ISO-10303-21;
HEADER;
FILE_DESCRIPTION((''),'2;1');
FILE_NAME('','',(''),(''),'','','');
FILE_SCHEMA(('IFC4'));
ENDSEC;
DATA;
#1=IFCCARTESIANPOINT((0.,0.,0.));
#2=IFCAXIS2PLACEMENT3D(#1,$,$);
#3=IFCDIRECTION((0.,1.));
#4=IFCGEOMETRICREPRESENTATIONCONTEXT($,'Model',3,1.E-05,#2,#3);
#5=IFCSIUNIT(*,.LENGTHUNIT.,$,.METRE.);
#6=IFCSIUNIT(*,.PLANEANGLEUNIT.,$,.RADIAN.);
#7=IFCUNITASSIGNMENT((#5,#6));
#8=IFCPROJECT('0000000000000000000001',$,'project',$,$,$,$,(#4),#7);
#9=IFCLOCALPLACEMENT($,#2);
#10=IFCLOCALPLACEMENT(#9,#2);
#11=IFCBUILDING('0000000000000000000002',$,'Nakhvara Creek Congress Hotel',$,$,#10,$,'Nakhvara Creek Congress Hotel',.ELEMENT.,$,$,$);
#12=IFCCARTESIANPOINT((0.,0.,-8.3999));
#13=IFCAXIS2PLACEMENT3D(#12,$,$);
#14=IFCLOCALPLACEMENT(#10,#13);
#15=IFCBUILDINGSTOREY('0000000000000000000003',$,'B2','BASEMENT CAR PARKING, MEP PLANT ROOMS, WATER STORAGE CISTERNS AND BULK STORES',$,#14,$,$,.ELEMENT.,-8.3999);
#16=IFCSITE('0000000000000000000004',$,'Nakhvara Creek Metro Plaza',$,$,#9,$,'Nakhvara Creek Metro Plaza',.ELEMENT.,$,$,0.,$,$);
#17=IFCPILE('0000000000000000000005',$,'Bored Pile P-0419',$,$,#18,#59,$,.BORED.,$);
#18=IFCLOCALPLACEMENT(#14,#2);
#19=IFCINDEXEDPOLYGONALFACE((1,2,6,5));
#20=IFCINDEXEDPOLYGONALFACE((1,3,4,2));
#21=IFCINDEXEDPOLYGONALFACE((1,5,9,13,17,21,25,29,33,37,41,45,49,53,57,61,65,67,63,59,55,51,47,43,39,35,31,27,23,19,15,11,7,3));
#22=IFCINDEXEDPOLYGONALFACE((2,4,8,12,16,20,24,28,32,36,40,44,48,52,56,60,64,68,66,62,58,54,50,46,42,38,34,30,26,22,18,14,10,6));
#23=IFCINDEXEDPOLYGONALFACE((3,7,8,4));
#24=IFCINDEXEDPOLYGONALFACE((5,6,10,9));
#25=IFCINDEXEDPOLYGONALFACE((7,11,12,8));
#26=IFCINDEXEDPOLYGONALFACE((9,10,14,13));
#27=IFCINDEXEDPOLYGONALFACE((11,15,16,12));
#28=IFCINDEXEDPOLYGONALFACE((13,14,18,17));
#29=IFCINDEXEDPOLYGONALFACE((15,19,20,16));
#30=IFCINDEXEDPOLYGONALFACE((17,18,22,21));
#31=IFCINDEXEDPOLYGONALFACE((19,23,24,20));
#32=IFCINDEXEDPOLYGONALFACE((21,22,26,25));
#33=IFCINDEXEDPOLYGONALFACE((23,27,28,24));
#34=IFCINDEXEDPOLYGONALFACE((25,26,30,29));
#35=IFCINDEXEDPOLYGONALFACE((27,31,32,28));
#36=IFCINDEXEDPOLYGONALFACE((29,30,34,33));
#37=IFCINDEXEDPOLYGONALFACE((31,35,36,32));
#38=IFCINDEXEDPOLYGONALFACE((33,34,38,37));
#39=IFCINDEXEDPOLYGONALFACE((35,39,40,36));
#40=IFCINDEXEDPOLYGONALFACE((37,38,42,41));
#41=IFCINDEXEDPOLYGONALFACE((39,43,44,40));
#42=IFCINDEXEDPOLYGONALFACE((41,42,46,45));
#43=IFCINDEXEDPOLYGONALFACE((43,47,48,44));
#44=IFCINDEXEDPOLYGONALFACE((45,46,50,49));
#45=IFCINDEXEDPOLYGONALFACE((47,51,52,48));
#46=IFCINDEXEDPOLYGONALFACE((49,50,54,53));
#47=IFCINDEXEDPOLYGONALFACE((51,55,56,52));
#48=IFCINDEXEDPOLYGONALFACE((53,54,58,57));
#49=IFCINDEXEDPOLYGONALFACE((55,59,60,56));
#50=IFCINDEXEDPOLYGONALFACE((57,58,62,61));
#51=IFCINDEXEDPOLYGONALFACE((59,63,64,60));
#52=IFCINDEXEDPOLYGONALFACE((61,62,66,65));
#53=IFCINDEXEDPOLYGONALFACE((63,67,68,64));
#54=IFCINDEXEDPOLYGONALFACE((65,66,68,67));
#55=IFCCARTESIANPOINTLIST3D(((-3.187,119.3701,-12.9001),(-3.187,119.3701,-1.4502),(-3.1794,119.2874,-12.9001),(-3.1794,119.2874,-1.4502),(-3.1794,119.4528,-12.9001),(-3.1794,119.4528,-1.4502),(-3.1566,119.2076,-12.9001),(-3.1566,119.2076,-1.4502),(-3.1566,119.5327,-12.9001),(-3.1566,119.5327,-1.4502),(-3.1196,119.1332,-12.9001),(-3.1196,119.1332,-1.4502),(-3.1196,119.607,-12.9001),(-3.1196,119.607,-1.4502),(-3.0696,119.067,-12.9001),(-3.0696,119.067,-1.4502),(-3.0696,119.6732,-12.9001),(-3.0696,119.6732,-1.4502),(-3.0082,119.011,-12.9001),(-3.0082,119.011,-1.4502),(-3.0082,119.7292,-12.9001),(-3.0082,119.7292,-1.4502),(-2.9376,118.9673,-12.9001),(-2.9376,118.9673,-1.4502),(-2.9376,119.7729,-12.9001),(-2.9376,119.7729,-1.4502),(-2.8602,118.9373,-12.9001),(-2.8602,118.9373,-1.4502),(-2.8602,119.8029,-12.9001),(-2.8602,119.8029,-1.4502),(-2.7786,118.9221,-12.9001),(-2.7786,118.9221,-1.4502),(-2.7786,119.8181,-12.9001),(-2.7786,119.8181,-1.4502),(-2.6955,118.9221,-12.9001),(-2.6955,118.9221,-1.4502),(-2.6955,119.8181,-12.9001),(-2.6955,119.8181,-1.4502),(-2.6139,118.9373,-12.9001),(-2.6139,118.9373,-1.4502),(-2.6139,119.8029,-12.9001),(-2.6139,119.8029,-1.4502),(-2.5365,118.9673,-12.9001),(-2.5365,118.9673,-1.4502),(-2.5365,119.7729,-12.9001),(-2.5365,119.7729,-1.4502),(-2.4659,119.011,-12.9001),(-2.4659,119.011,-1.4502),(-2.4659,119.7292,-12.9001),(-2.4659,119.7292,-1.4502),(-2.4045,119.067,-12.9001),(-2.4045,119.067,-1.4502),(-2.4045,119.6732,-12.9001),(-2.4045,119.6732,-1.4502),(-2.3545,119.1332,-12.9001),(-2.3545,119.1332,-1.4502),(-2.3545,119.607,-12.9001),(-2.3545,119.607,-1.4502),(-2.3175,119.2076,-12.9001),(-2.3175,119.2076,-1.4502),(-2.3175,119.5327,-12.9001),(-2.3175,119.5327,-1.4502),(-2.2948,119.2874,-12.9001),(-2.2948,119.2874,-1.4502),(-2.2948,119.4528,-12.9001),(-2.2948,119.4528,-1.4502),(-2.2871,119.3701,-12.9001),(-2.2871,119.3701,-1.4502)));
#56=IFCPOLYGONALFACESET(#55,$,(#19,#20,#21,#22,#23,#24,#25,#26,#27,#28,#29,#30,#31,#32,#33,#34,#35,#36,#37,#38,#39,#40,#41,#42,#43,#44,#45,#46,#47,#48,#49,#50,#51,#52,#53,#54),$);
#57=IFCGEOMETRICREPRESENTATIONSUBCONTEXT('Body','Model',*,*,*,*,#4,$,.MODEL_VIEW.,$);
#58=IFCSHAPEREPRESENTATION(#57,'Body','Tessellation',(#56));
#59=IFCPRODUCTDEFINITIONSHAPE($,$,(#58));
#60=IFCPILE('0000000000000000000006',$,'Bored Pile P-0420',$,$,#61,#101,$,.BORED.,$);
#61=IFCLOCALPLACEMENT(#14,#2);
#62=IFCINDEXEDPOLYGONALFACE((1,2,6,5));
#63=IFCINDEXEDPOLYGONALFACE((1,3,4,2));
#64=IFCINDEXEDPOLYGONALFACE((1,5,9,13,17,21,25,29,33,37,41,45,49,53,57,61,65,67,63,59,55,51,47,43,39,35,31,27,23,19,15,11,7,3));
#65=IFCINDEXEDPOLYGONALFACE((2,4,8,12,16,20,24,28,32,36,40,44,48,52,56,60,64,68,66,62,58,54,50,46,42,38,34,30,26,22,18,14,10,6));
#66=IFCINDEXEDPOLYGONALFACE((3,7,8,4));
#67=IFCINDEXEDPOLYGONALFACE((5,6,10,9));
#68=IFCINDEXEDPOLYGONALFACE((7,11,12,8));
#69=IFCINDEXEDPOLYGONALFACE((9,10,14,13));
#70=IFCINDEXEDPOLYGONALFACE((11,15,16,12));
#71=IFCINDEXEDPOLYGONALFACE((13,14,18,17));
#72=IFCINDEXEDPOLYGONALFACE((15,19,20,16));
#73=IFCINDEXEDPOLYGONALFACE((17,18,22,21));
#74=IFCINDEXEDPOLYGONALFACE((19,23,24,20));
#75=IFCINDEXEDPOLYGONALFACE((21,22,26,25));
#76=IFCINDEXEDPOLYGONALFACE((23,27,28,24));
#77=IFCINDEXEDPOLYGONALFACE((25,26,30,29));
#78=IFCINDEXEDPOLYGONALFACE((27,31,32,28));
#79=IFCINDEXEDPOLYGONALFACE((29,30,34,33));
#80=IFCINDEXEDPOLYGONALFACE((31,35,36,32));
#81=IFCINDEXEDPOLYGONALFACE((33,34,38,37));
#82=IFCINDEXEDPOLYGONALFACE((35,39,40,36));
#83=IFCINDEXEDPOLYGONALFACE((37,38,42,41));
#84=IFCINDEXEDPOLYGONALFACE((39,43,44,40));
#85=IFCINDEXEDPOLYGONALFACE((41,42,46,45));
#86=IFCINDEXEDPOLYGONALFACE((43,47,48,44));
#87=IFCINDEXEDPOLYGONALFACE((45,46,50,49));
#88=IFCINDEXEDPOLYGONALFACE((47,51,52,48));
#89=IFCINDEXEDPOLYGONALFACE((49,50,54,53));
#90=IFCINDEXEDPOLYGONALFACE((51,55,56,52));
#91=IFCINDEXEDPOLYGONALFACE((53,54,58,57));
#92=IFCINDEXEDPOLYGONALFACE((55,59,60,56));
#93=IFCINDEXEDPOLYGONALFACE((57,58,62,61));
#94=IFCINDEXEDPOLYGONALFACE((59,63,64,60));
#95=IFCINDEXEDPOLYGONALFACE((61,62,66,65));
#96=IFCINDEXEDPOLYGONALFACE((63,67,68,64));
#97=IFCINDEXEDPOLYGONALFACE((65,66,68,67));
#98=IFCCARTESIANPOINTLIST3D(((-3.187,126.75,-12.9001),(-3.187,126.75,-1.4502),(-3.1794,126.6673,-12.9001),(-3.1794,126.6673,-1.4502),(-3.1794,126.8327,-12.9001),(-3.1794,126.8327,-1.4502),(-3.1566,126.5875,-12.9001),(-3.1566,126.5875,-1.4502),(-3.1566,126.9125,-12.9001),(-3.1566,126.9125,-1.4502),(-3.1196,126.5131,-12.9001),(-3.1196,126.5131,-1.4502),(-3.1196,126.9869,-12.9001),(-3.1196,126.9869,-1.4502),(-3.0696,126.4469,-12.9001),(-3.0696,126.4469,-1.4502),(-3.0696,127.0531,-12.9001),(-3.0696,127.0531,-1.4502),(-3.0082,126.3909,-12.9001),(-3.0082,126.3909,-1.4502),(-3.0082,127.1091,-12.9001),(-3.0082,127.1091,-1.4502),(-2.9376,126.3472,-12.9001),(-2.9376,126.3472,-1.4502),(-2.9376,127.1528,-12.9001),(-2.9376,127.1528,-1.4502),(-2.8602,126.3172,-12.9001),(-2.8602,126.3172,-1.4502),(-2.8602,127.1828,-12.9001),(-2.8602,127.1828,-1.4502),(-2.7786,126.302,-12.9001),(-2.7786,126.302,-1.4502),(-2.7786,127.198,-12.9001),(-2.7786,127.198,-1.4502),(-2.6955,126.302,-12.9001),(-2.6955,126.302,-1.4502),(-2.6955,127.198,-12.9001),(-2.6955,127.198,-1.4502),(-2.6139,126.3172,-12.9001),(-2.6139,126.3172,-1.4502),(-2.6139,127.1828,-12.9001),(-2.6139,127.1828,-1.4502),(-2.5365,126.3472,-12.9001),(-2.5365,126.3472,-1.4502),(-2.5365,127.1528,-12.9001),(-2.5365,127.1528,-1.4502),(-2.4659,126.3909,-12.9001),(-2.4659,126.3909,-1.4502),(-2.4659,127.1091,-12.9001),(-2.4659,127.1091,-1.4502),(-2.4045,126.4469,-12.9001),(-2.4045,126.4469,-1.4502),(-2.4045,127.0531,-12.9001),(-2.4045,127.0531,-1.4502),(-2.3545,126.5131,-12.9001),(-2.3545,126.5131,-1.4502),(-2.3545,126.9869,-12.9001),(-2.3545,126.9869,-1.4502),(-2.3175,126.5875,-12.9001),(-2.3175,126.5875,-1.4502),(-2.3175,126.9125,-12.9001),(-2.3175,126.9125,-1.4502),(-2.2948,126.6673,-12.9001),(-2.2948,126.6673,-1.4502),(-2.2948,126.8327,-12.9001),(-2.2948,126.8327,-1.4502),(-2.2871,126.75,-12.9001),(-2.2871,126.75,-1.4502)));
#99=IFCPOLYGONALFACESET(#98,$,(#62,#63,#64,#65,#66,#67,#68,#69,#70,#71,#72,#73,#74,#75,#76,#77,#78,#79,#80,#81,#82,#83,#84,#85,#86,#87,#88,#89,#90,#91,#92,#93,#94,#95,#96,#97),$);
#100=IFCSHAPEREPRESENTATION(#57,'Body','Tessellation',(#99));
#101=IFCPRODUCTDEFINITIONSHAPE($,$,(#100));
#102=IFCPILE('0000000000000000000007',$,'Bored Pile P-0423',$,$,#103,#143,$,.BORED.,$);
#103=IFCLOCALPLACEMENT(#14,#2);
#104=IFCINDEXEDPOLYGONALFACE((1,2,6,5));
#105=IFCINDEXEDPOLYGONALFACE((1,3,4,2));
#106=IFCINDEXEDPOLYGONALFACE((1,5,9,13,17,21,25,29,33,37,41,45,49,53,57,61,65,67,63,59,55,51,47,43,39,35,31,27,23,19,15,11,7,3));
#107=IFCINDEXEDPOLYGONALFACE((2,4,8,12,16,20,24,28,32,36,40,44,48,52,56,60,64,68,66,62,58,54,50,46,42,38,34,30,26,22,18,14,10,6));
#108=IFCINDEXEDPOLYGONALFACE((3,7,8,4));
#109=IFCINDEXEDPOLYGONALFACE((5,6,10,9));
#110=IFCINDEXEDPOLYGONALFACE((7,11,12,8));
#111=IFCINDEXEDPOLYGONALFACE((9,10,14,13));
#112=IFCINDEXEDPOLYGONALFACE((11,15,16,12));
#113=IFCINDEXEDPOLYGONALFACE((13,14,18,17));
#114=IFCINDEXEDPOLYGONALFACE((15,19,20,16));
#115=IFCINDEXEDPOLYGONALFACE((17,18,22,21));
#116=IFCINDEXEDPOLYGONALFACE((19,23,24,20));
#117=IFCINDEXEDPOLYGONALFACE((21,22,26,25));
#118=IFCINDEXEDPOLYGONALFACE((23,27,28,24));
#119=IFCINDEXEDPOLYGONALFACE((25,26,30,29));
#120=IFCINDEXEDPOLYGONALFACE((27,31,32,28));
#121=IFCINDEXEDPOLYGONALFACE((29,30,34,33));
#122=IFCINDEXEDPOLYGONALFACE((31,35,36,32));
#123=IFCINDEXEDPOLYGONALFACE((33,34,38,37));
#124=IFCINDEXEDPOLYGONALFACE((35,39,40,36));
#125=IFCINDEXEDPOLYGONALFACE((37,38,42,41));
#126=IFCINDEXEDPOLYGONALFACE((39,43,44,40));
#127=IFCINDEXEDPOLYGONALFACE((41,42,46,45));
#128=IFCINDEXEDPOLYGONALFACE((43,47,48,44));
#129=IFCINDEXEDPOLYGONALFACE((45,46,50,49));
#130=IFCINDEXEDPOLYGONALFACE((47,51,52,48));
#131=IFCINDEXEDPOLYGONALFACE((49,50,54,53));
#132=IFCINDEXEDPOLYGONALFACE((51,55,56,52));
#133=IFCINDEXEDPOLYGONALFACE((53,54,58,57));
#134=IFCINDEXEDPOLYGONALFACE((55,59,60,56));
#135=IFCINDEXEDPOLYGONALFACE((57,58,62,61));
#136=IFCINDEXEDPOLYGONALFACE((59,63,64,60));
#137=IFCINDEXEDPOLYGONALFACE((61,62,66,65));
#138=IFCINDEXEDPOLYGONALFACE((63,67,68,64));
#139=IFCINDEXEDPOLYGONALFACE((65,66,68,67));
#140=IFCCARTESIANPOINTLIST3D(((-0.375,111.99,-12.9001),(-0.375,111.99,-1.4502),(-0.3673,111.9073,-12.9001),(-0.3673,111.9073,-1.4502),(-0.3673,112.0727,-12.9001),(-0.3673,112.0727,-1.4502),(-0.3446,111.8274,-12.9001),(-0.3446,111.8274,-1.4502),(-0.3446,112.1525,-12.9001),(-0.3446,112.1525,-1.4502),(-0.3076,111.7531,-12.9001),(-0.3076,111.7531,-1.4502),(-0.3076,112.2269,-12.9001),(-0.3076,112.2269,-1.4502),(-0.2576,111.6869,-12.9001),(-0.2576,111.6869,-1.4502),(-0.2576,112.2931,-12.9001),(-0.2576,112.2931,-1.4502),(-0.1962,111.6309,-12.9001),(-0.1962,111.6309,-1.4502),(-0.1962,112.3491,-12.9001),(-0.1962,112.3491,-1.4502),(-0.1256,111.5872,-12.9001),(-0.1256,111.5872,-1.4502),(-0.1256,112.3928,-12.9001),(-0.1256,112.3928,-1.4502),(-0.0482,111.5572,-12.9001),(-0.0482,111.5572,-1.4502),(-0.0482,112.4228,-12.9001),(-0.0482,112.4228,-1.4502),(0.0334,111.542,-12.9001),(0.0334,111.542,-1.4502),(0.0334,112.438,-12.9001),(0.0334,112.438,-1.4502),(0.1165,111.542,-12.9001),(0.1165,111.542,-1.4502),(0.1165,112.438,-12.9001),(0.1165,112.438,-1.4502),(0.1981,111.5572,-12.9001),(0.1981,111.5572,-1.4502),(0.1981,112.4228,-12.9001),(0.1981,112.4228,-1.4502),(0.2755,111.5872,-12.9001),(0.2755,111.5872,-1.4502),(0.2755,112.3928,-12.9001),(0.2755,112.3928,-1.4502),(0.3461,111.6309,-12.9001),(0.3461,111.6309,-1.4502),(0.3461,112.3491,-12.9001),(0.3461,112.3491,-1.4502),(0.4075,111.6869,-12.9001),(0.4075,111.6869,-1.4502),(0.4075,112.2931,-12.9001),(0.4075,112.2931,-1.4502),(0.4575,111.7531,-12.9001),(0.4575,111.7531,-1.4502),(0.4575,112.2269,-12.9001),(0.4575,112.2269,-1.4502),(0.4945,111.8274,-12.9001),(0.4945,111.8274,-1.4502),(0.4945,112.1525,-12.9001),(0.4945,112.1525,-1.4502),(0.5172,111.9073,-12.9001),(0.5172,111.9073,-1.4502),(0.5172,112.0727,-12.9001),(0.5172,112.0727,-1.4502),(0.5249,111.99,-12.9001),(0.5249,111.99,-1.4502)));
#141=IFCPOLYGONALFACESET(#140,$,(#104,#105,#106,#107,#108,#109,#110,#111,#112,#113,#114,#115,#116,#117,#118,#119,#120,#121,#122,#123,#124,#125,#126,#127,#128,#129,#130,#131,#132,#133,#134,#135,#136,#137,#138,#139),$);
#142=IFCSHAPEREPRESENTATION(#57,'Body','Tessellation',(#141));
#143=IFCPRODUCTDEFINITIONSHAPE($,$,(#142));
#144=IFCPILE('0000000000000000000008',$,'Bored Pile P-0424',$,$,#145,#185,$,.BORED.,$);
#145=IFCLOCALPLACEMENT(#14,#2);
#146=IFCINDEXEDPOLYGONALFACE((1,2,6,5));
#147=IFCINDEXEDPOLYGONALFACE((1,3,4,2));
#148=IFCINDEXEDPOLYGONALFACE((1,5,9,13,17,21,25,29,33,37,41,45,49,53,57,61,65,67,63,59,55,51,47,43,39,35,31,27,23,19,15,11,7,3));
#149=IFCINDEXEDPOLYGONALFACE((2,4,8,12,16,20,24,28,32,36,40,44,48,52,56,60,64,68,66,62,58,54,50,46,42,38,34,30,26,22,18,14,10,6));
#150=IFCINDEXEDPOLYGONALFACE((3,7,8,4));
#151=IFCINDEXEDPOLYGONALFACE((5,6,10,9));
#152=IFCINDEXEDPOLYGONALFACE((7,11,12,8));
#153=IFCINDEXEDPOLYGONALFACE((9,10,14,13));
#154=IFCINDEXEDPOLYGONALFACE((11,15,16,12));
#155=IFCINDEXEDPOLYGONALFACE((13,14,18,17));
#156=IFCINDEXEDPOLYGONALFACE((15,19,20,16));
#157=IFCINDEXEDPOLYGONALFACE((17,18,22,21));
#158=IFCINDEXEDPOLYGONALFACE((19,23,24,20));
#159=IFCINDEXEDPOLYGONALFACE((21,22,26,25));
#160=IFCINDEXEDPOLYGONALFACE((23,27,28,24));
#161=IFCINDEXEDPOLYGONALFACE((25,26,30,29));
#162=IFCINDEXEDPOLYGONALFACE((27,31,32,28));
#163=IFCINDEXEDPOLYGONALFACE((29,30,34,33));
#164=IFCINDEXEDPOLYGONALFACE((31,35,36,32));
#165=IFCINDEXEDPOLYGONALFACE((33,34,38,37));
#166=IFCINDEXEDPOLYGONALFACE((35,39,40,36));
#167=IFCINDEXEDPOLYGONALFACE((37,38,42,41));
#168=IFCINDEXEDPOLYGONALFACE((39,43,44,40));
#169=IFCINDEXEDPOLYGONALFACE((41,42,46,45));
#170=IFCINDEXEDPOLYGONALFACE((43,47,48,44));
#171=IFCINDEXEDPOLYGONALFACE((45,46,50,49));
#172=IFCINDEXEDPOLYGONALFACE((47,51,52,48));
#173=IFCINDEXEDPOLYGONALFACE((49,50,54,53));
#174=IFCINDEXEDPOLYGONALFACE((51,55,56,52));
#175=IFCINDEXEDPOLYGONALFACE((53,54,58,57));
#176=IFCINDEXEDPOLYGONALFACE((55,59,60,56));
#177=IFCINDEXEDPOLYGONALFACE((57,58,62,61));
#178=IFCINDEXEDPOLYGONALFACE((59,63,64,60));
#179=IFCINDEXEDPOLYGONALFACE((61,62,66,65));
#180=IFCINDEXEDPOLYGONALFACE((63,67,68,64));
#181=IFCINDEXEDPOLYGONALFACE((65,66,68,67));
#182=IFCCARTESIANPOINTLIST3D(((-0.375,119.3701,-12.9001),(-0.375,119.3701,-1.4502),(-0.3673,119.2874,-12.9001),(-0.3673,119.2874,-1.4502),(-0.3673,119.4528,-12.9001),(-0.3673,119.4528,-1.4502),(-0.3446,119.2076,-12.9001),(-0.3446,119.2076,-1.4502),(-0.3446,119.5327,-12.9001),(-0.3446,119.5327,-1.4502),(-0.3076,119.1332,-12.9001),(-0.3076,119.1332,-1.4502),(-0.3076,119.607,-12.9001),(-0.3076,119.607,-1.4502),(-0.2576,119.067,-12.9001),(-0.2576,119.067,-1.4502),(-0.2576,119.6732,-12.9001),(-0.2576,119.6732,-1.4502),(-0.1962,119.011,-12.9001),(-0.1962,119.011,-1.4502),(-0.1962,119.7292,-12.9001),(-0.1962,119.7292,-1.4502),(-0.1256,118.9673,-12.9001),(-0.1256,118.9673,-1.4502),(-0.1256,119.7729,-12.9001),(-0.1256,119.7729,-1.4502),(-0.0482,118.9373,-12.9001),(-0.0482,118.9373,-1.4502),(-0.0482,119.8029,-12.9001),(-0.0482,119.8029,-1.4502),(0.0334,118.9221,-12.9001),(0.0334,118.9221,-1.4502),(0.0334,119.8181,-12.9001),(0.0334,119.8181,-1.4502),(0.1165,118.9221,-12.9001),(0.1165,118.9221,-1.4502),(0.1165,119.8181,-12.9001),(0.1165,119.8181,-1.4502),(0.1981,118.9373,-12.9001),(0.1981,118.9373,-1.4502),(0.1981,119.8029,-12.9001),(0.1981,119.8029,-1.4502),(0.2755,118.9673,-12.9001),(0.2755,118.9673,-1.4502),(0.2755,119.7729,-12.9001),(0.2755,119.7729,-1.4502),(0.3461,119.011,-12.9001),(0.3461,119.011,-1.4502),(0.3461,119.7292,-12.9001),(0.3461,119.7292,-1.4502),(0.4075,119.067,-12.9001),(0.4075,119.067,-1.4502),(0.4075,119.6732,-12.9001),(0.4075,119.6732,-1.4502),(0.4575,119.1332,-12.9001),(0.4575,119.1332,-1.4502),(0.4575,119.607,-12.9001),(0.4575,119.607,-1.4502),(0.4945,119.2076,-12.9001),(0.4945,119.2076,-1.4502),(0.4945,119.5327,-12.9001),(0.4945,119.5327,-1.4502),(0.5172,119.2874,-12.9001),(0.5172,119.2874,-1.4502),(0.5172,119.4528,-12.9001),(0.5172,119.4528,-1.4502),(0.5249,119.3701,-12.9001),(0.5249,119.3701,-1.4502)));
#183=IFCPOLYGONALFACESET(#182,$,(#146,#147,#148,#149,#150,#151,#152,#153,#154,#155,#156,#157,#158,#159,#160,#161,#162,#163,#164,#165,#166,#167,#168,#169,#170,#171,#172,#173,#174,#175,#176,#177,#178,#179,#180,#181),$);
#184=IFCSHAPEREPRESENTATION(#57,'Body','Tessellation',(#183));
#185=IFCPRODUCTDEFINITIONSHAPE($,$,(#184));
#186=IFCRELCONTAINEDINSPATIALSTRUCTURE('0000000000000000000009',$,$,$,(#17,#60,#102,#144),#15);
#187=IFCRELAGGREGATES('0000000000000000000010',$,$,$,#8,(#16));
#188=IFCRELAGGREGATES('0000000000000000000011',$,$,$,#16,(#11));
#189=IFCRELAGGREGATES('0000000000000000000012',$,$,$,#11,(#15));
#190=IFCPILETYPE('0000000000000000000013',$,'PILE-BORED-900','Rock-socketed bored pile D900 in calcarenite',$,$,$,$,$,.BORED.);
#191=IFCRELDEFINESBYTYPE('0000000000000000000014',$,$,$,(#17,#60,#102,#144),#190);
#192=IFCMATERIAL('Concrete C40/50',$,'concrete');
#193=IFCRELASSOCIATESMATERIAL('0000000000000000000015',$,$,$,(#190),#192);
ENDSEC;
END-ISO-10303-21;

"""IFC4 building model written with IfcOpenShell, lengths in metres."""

from ifc_helpers import new_model, si_unit, direction, frame, origin, origin_2d, place, context, subcontext, project, spatial, circle, extrude, material, material_profile, profile_set, type_object, element, save


model = new_model("IFC4")

# Units and contexts
model_context = context("Model", 3, precision=1e-05, world=origin(), true_north=direction((0.0, 1.0)))
body_context = subcontext(model_context, "Body", "Model", "MODEL_VIEW")
ifc_project = project(units=[si_unit("LENGTHUNIT", "METRE"), si_unit("PLANEANGLEUNIT", "RADIAN")], contexts=[model_context])

# Site, building, storey
site_placement = place(None, origin())
site = spatial("IfcSite", under=ifc_project, at=site_placement, Name="Nakhvara Creek Metro Plaza", LongName="Nakhvara Creek Metro Plaza", CompositionType="ELEMENT", RefElevation=0.0)
building_placement = place(site_placement, origin())
building = spatial("IfcBuilding", under=site, at=building_placement, Name="Nakhvara Creek Congress Hotel", LongName="Nakhvara Creek Congress Hotel", CompositionType="ELEMENT")
storey_placement = place(building_placement, frame((0.0, 0.0, -8.3999)))
storey = spatial("IfcBuildingStorey", under=building, at=storey_placement, Name="B2", Description="BASEMENT CAR PARKING, MEP PLANT ROOMS, WATER STORAGE CISTERNS AND BULK STORES", CompositionType="ELEMENT", Elevation=-8.3999)

# Shared definitions
ifc_material_1 = material(Name="Concrete C40/50", Category="concrete")

# Piles
ifc_material_profile_1 = material_profile(ifc_material_1, circle(Radius=0.45, at=origin_2d()), Name="BORED PILE D900", Category="LoadBearing")
ifc_profile_set_1 = profile_set([ifc_material_profile_1], Name="Concrete C40/50")
pile_type = type_object("IfcPileType", Name="PILE-BORED-900", Description="Rock-socketed bored pile D900 in calcarenite", PredefinedType="BORED", material=ifc_profile_set_1)
for number, where, z_axis, x_axis, name in (
    (1, (-2.7371, 119.3701, -1.4502), (0.0, 0.0, -1.0), (1.0, 0.0, 0.0), "Bored Pile P-0419"),
    (2, (-2.7371, 126.75, -1.4502), (0.0, 0.0, -1.0), (1.0, 0.0, 0.0), "Bored Pile P-0420"),
    (3, (0.075, 111.99, -1.4502), (0.0, 0.0, -1.0), (1.0, 0.0, 0.0), "Bored Pile P-0423"),
    (4, (0.075, 119.3701, -1.4502), (0.0, 0.0, -1.0), (1.0, 0.0, 0.0), "Bored Pile P-0424"),
):
    element("IfcPile", number, at=place(storey_placement, frame(where, z_axis=z_axis, x_axis=x_axis)), inside=storey, type_object=pile_type, Name=name, PredefinedType="BORED", context=body_context, shape_type="SweptSolid", body=[
        extrude(circle(Radius=0.45, at=origin_2d()), origin(), (0.0, 0.0, 1.0), 11.45),
    ])

save(model, "model.ifc")
